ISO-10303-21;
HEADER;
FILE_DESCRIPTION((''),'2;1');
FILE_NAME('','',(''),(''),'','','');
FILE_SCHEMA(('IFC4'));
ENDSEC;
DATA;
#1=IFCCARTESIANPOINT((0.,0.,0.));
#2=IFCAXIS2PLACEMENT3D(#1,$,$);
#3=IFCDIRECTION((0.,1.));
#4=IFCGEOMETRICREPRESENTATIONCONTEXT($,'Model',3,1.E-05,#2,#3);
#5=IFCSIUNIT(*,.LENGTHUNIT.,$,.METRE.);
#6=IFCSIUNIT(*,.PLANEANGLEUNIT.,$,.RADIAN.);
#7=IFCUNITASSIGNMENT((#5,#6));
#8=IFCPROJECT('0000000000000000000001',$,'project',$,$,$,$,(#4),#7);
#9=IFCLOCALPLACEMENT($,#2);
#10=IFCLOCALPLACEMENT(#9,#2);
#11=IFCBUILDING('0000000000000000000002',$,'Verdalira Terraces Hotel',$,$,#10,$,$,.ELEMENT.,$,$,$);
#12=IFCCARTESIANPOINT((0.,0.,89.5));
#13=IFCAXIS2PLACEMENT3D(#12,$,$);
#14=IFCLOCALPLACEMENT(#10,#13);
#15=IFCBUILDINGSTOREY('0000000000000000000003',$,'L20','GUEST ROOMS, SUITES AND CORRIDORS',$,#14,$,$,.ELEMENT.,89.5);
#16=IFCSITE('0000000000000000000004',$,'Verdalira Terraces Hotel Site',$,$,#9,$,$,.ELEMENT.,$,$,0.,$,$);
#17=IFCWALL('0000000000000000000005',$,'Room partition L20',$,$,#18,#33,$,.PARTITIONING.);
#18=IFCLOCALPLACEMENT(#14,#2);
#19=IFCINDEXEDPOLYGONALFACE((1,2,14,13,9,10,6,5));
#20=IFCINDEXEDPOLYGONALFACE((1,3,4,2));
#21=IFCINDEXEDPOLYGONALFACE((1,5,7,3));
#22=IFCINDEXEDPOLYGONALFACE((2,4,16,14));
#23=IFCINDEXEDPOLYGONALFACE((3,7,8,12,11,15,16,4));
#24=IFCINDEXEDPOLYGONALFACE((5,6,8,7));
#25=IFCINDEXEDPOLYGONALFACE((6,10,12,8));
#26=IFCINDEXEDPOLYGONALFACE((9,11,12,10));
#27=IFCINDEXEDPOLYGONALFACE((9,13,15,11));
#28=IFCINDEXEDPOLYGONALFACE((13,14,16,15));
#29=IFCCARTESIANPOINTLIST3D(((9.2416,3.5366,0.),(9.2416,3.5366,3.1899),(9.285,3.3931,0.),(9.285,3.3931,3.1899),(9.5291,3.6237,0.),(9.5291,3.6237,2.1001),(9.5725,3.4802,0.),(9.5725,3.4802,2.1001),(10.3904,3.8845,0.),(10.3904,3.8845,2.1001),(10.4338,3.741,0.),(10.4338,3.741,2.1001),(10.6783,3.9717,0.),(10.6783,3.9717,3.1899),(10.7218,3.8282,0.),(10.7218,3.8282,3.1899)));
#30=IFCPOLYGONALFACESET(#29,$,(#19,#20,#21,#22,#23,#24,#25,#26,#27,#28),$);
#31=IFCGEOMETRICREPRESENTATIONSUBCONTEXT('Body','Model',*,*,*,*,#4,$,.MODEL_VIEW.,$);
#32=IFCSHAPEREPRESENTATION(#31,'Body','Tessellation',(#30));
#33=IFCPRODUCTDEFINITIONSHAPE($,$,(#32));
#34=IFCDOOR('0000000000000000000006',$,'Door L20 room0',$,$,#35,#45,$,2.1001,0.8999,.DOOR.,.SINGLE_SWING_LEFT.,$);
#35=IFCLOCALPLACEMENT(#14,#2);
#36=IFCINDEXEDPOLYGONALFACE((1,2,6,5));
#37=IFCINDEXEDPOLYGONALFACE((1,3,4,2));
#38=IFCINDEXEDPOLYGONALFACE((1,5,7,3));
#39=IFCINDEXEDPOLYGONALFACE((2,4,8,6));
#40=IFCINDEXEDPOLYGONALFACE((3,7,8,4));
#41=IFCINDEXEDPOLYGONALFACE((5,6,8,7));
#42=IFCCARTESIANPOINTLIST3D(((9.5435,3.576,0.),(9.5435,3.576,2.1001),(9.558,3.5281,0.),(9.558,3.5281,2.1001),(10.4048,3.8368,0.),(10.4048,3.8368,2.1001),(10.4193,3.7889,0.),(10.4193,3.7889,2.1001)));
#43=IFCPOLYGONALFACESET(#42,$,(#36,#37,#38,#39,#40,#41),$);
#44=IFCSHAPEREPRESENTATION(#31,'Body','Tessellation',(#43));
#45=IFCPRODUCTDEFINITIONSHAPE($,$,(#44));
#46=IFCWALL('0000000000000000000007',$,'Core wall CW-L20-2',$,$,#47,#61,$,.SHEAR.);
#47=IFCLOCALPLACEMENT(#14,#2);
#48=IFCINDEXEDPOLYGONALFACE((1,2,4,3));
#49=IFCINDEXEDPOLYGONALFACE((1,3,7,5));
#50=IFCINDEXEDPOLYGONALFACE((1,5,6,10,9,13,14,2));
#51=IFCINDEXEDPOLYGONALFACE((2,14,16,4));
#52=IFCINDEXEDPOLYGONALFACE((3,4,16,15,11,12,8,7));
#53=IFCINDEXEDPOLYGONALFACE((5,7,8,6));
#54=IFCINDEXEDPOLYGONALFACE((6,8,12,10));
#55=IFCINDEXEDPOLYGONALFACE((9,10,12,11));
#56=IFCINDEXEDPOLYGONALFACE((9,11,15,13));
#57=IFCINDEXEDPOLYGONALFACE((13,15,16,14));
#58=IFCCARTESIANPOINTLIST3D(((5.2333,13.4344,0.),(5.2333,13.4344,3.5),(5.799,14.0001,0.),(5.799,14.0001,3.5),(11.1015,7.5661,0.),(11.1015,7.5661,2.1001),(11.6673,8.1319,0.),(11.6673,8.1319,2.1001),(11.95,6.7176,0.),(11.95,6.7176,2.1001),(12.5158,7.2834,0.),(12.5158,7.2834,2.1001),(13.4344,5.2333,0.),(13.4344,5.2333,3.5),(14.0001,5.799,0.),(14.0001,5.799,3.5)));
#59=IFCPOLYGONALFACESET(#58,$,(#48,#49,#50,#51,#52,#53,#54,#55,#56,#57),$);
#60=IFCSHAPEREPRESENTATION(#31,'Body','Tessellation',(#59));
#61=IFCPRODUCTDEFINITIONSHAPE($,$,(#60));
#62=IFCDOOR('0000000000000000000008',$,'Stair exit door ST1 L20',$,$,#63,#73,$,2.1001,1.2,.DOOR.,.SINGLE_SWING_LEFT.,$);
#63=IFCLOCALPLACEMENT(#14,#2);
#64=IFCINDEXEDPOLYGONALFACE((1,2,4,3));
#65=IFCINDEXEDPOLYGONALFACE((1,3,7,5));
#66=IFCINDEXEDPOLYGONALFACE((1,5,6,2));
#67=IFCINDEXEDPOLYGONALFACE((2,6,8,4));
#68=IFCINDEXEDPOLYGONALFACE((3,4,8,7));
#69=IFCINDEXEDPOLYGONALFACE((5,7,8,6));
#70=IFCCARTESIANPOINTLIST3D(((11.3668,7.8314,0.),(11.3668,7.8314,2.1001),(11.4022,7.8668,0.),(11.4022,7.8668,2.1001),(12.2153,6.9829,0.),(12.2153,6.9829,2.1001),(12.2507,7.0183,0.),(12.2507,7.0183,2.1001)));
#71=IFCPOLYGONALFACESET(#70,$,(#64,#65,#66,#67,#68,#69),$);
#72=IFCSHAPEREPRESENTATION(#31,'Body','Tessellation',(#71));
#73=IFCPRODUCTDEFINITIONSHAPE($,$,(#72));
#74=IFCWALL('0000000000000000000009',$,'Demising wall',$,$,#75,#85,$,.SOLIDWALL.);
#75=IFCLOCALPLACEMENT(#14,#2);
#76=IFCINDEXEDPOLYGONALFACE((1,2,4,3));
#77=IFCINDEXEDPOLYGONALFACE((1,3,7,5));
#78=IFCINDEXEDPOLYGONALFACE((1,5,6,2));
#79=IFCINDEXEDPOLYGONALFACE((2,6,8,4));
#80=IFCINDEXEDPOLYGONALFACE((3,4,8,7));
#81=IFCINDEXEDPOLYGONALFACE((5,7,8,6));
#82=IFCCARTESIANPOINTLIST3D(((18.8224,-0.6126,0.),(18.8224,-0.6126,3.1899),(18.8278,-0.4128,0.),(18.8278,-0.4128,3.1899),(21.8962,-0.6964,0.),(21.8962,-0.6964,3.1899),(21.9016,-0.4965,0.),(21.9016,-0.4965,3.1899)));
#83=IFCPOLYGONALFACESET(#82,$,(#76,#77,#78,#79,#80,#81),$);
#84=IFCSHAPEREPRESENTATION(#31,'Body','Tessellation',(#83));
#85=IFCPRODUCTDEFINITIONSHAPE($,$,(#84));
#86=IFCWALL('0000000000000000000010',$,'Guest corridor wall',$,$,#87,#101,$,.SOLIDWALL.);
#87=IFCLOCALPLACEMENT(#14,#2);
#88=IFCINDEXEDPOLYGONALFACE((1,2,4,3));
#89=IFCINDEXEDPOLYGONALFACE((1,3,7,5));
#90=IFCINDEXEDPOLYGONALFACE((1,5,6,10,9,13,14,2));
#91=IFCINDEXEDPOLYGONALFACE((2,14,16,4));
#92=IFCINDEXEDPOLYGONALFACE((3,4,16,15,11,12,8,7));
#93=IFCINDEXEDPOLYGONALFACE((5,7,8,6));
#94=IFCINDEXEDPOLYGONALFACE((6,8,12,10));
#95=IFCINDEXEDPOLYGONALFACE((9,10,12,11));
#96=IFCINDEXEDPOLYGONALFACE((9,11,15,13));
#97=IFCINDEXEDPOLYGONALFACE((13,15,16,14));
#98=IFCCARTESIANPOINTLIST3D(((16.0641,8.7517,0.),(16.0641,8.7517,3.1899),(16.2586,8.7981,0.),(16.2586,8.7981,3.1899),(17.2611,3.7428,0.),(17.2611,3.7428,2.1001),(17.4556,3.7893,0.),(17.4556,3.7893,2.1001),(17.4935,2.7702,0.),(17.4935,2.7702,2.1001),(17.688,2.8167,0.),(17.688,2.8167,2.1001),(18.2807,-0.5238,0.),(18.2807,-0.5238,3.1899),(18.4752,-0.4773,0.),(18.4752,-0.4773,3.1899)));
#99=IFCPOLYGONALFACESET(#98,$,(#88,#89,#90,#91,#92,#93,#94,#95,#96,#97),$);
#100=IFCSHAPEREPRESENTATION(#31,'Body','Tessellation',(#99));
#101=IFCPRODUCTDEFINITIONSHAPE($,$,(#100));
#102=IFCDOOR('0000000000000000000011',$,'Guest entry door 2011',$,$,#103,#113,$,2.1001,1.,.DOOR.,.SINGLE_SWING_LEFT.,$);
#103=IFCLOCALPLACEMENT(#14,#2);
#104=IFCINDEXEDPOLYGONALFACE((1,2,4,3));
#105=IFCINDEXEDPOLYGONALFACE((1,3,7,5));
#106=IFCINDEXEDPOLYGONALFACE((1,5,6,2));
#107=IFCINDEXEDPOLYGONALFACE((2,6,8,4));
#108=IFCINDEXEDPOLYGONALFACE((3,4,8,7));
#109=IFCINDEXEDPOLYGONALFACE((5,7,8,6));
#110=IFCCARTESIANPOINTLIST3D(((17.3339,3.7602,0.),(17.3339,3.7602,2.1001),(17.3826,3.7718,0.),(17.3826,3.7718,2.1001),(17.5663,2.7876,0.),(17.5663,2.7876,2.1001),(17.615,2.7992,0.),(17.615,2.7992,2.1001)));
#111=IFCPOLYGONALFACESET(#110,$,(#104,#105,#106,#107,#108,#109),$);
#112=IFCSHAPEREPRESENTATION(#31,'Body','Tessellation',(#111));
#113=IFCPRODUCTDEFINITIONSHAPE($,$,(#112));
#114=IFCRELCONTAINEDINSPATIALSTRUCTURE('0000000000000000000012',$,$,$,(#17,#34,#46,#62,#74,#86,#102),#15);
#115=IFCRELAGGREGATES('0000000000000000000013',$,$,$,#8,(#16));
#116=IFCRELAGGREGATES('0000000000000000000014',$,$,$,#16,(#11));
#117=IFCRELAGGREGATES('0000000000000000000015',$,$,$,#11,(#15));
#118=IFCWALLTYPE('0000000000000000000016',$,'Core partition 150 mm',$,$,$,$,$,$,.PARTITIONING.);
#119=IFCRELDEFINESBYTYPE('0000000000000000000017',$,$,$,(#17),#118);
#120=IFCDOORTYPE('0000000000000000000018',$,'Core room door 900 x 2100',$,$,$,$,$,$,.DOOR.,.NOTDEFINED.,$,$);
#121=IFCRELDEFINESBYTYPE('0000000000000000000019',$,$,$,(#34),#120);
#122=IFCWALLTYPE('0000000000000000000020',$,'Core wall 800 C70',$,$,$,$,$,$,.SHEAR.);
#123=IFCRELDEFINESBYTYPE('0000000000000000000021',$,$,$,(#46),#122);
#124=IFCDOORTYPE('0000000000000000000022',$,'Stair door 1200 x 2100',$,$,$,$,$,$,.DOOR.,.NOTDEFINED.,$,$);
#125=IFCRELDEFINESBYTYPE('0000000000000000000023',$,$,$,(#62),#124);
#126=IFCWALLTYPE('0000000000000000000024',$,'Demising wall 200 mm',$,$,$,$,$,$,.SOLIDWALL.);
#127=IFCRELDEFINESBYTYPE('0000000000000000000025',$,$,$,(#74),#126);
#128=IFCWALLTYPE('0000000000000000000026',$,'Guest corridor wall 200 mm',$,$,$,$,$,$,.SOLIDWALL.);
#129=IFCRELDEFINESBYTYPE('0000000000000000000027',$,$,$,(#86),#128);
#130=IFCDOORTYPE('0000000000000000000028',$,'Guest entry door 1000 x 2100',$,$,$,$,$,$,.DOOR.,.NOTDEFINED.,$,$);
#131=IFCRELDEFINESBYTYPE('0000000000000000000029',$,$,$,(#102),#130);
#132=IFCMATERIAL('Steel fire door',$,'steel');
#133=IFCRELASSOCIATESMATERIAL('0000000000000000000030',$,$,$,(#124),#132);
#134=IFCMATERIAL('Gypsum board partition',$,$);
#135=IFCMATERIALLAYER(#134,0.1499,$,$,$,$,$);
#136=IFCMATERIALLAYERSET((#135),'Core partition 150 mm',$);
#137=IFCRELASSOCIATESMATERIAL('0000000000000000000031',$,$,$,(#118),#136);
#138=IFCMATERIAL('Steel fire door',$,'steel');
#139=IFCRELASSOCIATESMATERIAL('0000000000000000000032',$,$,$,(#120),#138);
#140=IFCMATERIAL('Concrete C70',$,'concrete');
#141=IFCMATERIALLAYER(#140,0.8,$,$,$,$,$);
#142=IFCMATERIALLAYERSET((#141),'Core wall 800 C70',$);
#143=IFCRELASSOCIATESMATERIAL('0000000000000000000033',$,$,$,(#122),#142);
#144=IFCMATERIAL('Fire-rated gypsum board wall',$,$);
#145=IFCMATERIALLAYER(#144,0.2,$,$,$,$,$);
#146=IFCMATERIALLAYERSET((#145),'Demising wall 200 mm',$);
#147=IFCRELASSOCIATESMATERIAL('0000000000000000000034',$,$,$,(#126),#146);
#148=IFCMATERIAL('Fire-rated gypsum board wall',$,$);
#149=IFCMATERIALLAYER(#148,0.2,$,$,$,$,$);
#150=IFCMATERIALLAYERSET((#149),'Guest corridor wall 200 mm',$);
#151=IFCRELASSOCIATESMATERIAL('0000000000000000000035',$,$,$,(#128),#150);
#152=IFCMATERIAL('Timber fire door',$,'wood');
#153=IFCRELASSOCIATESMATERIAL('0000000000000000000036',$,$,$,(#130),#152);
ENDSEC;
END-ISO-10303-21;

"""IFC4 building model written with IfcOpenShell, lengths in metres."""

from ifc_helpers import new_model, si_unit, direction, frame, frame_2d, origin, place, context, subcontext, project, spatial, rectangle, extrude, material, layer, layer_set, type_object, element, fill, save


model = new_model("IFC4")

# Units and contexts
model_context = context("Model", 3, precision=1e-05, world=origin(), true_north=direction((0.0, 1.0)))
body_context = subcontext(model_context, "Body", "Model", "MODEL_VIEW")
ifc_project = project(units=[si_unit("LENGTHUNIT", "METRE"), si_unit("PLANEANGLEUNIT", "RADIAN")], contexts=[model_context])

# Site, building, storey
site_placement = place(None, origin())
site = spatial("IfcSite", under=ifc_project, at=site_placement, Name="Verdalira Terraces Hotel Site", CompositionType="ELEMENT", RefElevation=0.0)
building_placement = place(site_placement, origin())
building = spatial("IfcBuilding", under=site, at=building_placement, Name="Verdalira Terraces Hotel", CompositionType="ELEMENT")
storey_placement = place(building_placement, frame((0.0, 0.0, 89.5)))
storey = spatial("IfcBuildingStorey", under=building, at=storey_placement, Name="L20", Description="GUEST ROOMS, SUITES AND CORRIDORS", CompositionType="ELEMENT", Elevation=89.5)

# Shared definitions
ifc_material_1 = material(Name="Steel fire door", Category="steel")
door_type_1 = type_object("IfcDoorType", Name="Stair door 1200 x 2100", OperationType="NOTDEFINED", PredefinedType="DOOR", material=ifc_material_1)

# Walls, openings, doors
ifc_material_2 = material(Name="Gypsum board partition")
ifc_layer_1 = layer(ifc_material_2, 0.1499)
ifc_layer_set_1 = layer_set([ifc_layer_1], Name="Core partition 150 mm")
wall_type_1 = type_object("IfcWallType", Name="Core partition 150 mm", PredefinedType="PARTITIONING", material=ifc_layer_set_1)
wall_1_placement = place(storey_placement, frame((10.7, 3.8999, 0.0), z_axis=(0.0, 0.0, 1.0), x_axis=(-0.957085, -0.289809, 0.0)))
wall_1 = element("IfcWall", 1, at=wall_1_placement, inside=storey, type_object=wall_type_1, Name="Room partition L20", PredefinedType="PARTITIONING", context=body_context, shape_type="SweptSolid", body=[
    extrude(rectangle(XDim=1.5012, YDim=0.1499, at=frame_2d((0.7505, 0.0))), origin(), (0.0, 0.0, 1.0), 3.1899),
])
opening_1_placement = place(wall_1_placement, frame((0.3008, 0.0, 0.0)))
opening_1 = element("IfcOpeningElement", 2, at=opening_1_placement, cuts=wall_1, PredefinedType="OPENING", context=body_context, shape_type="SweptSolid", body=[
    extrude(rectangle(XDim=0.8999, YDim=2.1001, at=frame_2d((0.45, 1.05))), frame((0.0, 0.085, 0.0), z_axis=(0.0, -1.0, 0.0), x_axis=(1.0, 0.0, 0.0)), (0.0, 0.0, 1.0), 0.1699),
])
ifc_material_3 = material(Name="Steel fire door", Category="steel")
door_type_2 = type_object("IfcDoorType", Name="Core room door 900 x 2100", OperationType="NOTDEFINED", PredefinedType="DOOR", material=ifc_material_3)
door_1_placement = place(opening_1_placement, origin())
door_1 = element("IfcDoor", 3, at=door_1_placement, inside=storey, type_object=door_type_2, Name="Door L20 room0", OperationType="SINGLE_SWING_LEFT", OverallHeight=2.1001, OverallWidth=0.8999, PredefinedType="DOOR", context=body_context, shape_type="SweptSolid", body=[
    extrude(rectangle(XDim=0.8999, YDim=2.1001, at=frame_2d((0.45, 1.05))), frame((0.0, 0.0249, 0.0), z_axis=(0.0, -1.0, 0.0), x_axis=(1.0, 0.0, 0.0)), (0.0, 0.0, 1.0), 0.05),
])
fill(opening_1, door_1)
ifc_material_4 = material(Name="Concrete C70", Category="concrete")
ifc_layer_2 = layer(ifc_material_4, 0.8)
ifc_layer_set_2 = layer_set([ifc_layer_2], Name="Core wall 800 C70")
wall_type_2 = type_object("IfcWallType", Name="Core wall 800 C70", PredefinedType="SHEAR", material=ifc_layer_set_2)
wall_2_placement = place(storey_placement, frame((13.7173, 5.5161, 0.0), z_axis=(0.0, 0.0, 1.0), x_axis=(-0.707107, 0.707107, 0.0)))
wall_2 = element("IfcWall", 4, at=wall_2_placement, inside=storey, type_object=wall_type_2, Name="Core wall CW-L20-2", PredefinedType="SHEAR", context=body_context, shape_type="SweptSolid", body=[
    extrude(rectangle(XDim=11.5981, YDim=0.8, at=frame_2d((5.7991, 0.0))), origin(), (0.0, 0.0, 1.0), 3.5),
])
opening_2_placement = place(wall_2_placement, frame((2.0991, 0.0, 0.0)))
opening_2 = element("IfcOpeningElement", 5, at=opening_2_placement, cuts=wall_2, PredefinedType="OPENING", context=body_context, shape_type="SweptSolid", body=[
    extrude(rectangle(XDim=1.2, YDim=2.1001, at=frame_2d((0.6001, 1.05))), frame((0.0, 0.4099, 0.0), z_axis=(0.0, -1.0, 0.0), x_axis=(1.0, 0.0, 0.0)), (0.0, 0.0, 1.0), 0.8201),
])
door_2_placement = place(opening_2_placement, origin())
door_2 = element("IfcDoor", 6, at=door_2_placement, inside=storey, type_object=door_type_1, Name="Stair exit door ST1 L20", OperationType="SINGLE_SWING_LEFT", OverallHeight=2.1001, OverallWidth=1.2, PredefinedType="DOOR", context=body_context, shape_type="SweptSolid", body=[
    extrude(rectangle(XDim=1.2, YDim=2.1001, at=frame_2d((0.6001, 1.05))), frame((0.0, 0.0249, 0.0), z_axis=(0.0, -1.0, 0.0), x_axis=(1.0, 0.0, 0.0)), (0.0, 0.0, 1.0), 0.05),
])
fill(opening_2, door_2)

# Wall
ifc_material_5 = material(Name="Fire-rated gypsum board wall")
ifc_layer_3 = layer(ifc_material_5, 0.2)
ifc_layer_set_3 = layer_set([ifc_layer_3], Name="Demising wall 200 mm")
wall_type_3 = type_object("IfcWallType", Name="Demising wall 200 mm", PredefinedType="SOLIDWALL", material=ifc_layer_set_3)
wall_3_placement = place(storey_placement, frame((18.825, -0.5127, 0.0), z_axis=(0.0, 0.0, 1.0), x_axis=(0.999629, -0.027234, 0.0)))
element("IfcWall", 7, at=wall_3_placement, inside=storey, type_object=wall_type_3, Name="Demising wall", PredefinedType="SOLIDWALL", context=body_context, shape_type="SweptSolid", body=[
    extrude(rectangle(XDim=3.075, YDim=0.2, at=frame_2d((1.5376, 0.0))), origin(), (0.0, 0.0, 1.0), 3.1899),
])

# Wall, opening, door
ifc_material_6 = material(Name="Fire-rated gypsum board wall")
ifc_layer_4 = layer(ifc_material_6, 0.2)
ifc_layer_set_4 = layer_set([ifc_layer_4], Name="Guest corridor wall 200 mm")
wall_type_4 = type_object("IfcWallType", Name="Guest corridor wall 200 mm", PredefinedType="SOLIDWALL", material=ifc_layer_set_4)
wall_4_placement = place(storey_placement, frame((16.1614, 8.7749, 0.0), z_axis=(0.0, 0.0, 1.0), x_axis=(0.232427, -0.972614, 0.0)))
wall_4 = element("IfcWall", 8, at=wall_4_placement, inside=storey, type_object=wall_type_4, Name="Guest corridor wall", PredefinedType="SOLIDWALL", context=body_context, shape_type="SweptSolid", body=[
    extrude(rectangle(XDim=9.5366, YDim=0.2, at=frame_2d((4.7683, 0.0))), origin(), (0.0, 0.0, 1.0), 3.1899),
])
opening_3_placement = place(wall_4_placement, frame((5.1499, 0.0, 0.0)))
opening_3 = element("IfcOpeningElement", 9, at=opening_3_placement, cuts=wall_4, PredefinedType="OPENING", context=body_context, shape_type="SweptSolid", body=[
    extrude(rectangle(XDim=1.0, YDim=2.1001, at=frame_2d((0.5, 1.05))), frame((0.0, 0.1099, 0.0), z_axis=(0.0, -1.0, 0.0), x_axis=(1.0, 0.0, 0.0)), (0.0, 0.0, 1.0), 0.22),
])
ifc_material_7 = material(Name="Timber fire door", Category="wood")
door_type_3 = type_object("IfcDoorType", Name="Guest entry door 1000 x 2100", OperationType="NOTDEFINED", PredefinedType="DOOR", material=ifc_material_7)
door_3_placement = place(opening_3_placement, origin())
door_3 = element("IfcDoor", 10, at=door_3_placement, inside=storey, type_object=door_type_3, Name="Guest entry door 2011", OperationType="SINGLE_SWING_LEFT", OverallHeight=2.1001, OverallWidth=1.0, PredefinedType="DOOR", context=body_context, shape_type="SweptSolid", body=[
    extrude(rectangle(XDim=1.0, YDim=2.1001, at=frame_2d((0.5, 1.05))), frame((0.0, 0.0249, 0.0), z_axis=(0.0, -1.0, 0.0), x_axis=(1.0, 0.0, 0.0)), (0.0, 0.0, 1.0), 0.05),
])
fill(opening_3, door_3)

save(model, "model.ifc")
